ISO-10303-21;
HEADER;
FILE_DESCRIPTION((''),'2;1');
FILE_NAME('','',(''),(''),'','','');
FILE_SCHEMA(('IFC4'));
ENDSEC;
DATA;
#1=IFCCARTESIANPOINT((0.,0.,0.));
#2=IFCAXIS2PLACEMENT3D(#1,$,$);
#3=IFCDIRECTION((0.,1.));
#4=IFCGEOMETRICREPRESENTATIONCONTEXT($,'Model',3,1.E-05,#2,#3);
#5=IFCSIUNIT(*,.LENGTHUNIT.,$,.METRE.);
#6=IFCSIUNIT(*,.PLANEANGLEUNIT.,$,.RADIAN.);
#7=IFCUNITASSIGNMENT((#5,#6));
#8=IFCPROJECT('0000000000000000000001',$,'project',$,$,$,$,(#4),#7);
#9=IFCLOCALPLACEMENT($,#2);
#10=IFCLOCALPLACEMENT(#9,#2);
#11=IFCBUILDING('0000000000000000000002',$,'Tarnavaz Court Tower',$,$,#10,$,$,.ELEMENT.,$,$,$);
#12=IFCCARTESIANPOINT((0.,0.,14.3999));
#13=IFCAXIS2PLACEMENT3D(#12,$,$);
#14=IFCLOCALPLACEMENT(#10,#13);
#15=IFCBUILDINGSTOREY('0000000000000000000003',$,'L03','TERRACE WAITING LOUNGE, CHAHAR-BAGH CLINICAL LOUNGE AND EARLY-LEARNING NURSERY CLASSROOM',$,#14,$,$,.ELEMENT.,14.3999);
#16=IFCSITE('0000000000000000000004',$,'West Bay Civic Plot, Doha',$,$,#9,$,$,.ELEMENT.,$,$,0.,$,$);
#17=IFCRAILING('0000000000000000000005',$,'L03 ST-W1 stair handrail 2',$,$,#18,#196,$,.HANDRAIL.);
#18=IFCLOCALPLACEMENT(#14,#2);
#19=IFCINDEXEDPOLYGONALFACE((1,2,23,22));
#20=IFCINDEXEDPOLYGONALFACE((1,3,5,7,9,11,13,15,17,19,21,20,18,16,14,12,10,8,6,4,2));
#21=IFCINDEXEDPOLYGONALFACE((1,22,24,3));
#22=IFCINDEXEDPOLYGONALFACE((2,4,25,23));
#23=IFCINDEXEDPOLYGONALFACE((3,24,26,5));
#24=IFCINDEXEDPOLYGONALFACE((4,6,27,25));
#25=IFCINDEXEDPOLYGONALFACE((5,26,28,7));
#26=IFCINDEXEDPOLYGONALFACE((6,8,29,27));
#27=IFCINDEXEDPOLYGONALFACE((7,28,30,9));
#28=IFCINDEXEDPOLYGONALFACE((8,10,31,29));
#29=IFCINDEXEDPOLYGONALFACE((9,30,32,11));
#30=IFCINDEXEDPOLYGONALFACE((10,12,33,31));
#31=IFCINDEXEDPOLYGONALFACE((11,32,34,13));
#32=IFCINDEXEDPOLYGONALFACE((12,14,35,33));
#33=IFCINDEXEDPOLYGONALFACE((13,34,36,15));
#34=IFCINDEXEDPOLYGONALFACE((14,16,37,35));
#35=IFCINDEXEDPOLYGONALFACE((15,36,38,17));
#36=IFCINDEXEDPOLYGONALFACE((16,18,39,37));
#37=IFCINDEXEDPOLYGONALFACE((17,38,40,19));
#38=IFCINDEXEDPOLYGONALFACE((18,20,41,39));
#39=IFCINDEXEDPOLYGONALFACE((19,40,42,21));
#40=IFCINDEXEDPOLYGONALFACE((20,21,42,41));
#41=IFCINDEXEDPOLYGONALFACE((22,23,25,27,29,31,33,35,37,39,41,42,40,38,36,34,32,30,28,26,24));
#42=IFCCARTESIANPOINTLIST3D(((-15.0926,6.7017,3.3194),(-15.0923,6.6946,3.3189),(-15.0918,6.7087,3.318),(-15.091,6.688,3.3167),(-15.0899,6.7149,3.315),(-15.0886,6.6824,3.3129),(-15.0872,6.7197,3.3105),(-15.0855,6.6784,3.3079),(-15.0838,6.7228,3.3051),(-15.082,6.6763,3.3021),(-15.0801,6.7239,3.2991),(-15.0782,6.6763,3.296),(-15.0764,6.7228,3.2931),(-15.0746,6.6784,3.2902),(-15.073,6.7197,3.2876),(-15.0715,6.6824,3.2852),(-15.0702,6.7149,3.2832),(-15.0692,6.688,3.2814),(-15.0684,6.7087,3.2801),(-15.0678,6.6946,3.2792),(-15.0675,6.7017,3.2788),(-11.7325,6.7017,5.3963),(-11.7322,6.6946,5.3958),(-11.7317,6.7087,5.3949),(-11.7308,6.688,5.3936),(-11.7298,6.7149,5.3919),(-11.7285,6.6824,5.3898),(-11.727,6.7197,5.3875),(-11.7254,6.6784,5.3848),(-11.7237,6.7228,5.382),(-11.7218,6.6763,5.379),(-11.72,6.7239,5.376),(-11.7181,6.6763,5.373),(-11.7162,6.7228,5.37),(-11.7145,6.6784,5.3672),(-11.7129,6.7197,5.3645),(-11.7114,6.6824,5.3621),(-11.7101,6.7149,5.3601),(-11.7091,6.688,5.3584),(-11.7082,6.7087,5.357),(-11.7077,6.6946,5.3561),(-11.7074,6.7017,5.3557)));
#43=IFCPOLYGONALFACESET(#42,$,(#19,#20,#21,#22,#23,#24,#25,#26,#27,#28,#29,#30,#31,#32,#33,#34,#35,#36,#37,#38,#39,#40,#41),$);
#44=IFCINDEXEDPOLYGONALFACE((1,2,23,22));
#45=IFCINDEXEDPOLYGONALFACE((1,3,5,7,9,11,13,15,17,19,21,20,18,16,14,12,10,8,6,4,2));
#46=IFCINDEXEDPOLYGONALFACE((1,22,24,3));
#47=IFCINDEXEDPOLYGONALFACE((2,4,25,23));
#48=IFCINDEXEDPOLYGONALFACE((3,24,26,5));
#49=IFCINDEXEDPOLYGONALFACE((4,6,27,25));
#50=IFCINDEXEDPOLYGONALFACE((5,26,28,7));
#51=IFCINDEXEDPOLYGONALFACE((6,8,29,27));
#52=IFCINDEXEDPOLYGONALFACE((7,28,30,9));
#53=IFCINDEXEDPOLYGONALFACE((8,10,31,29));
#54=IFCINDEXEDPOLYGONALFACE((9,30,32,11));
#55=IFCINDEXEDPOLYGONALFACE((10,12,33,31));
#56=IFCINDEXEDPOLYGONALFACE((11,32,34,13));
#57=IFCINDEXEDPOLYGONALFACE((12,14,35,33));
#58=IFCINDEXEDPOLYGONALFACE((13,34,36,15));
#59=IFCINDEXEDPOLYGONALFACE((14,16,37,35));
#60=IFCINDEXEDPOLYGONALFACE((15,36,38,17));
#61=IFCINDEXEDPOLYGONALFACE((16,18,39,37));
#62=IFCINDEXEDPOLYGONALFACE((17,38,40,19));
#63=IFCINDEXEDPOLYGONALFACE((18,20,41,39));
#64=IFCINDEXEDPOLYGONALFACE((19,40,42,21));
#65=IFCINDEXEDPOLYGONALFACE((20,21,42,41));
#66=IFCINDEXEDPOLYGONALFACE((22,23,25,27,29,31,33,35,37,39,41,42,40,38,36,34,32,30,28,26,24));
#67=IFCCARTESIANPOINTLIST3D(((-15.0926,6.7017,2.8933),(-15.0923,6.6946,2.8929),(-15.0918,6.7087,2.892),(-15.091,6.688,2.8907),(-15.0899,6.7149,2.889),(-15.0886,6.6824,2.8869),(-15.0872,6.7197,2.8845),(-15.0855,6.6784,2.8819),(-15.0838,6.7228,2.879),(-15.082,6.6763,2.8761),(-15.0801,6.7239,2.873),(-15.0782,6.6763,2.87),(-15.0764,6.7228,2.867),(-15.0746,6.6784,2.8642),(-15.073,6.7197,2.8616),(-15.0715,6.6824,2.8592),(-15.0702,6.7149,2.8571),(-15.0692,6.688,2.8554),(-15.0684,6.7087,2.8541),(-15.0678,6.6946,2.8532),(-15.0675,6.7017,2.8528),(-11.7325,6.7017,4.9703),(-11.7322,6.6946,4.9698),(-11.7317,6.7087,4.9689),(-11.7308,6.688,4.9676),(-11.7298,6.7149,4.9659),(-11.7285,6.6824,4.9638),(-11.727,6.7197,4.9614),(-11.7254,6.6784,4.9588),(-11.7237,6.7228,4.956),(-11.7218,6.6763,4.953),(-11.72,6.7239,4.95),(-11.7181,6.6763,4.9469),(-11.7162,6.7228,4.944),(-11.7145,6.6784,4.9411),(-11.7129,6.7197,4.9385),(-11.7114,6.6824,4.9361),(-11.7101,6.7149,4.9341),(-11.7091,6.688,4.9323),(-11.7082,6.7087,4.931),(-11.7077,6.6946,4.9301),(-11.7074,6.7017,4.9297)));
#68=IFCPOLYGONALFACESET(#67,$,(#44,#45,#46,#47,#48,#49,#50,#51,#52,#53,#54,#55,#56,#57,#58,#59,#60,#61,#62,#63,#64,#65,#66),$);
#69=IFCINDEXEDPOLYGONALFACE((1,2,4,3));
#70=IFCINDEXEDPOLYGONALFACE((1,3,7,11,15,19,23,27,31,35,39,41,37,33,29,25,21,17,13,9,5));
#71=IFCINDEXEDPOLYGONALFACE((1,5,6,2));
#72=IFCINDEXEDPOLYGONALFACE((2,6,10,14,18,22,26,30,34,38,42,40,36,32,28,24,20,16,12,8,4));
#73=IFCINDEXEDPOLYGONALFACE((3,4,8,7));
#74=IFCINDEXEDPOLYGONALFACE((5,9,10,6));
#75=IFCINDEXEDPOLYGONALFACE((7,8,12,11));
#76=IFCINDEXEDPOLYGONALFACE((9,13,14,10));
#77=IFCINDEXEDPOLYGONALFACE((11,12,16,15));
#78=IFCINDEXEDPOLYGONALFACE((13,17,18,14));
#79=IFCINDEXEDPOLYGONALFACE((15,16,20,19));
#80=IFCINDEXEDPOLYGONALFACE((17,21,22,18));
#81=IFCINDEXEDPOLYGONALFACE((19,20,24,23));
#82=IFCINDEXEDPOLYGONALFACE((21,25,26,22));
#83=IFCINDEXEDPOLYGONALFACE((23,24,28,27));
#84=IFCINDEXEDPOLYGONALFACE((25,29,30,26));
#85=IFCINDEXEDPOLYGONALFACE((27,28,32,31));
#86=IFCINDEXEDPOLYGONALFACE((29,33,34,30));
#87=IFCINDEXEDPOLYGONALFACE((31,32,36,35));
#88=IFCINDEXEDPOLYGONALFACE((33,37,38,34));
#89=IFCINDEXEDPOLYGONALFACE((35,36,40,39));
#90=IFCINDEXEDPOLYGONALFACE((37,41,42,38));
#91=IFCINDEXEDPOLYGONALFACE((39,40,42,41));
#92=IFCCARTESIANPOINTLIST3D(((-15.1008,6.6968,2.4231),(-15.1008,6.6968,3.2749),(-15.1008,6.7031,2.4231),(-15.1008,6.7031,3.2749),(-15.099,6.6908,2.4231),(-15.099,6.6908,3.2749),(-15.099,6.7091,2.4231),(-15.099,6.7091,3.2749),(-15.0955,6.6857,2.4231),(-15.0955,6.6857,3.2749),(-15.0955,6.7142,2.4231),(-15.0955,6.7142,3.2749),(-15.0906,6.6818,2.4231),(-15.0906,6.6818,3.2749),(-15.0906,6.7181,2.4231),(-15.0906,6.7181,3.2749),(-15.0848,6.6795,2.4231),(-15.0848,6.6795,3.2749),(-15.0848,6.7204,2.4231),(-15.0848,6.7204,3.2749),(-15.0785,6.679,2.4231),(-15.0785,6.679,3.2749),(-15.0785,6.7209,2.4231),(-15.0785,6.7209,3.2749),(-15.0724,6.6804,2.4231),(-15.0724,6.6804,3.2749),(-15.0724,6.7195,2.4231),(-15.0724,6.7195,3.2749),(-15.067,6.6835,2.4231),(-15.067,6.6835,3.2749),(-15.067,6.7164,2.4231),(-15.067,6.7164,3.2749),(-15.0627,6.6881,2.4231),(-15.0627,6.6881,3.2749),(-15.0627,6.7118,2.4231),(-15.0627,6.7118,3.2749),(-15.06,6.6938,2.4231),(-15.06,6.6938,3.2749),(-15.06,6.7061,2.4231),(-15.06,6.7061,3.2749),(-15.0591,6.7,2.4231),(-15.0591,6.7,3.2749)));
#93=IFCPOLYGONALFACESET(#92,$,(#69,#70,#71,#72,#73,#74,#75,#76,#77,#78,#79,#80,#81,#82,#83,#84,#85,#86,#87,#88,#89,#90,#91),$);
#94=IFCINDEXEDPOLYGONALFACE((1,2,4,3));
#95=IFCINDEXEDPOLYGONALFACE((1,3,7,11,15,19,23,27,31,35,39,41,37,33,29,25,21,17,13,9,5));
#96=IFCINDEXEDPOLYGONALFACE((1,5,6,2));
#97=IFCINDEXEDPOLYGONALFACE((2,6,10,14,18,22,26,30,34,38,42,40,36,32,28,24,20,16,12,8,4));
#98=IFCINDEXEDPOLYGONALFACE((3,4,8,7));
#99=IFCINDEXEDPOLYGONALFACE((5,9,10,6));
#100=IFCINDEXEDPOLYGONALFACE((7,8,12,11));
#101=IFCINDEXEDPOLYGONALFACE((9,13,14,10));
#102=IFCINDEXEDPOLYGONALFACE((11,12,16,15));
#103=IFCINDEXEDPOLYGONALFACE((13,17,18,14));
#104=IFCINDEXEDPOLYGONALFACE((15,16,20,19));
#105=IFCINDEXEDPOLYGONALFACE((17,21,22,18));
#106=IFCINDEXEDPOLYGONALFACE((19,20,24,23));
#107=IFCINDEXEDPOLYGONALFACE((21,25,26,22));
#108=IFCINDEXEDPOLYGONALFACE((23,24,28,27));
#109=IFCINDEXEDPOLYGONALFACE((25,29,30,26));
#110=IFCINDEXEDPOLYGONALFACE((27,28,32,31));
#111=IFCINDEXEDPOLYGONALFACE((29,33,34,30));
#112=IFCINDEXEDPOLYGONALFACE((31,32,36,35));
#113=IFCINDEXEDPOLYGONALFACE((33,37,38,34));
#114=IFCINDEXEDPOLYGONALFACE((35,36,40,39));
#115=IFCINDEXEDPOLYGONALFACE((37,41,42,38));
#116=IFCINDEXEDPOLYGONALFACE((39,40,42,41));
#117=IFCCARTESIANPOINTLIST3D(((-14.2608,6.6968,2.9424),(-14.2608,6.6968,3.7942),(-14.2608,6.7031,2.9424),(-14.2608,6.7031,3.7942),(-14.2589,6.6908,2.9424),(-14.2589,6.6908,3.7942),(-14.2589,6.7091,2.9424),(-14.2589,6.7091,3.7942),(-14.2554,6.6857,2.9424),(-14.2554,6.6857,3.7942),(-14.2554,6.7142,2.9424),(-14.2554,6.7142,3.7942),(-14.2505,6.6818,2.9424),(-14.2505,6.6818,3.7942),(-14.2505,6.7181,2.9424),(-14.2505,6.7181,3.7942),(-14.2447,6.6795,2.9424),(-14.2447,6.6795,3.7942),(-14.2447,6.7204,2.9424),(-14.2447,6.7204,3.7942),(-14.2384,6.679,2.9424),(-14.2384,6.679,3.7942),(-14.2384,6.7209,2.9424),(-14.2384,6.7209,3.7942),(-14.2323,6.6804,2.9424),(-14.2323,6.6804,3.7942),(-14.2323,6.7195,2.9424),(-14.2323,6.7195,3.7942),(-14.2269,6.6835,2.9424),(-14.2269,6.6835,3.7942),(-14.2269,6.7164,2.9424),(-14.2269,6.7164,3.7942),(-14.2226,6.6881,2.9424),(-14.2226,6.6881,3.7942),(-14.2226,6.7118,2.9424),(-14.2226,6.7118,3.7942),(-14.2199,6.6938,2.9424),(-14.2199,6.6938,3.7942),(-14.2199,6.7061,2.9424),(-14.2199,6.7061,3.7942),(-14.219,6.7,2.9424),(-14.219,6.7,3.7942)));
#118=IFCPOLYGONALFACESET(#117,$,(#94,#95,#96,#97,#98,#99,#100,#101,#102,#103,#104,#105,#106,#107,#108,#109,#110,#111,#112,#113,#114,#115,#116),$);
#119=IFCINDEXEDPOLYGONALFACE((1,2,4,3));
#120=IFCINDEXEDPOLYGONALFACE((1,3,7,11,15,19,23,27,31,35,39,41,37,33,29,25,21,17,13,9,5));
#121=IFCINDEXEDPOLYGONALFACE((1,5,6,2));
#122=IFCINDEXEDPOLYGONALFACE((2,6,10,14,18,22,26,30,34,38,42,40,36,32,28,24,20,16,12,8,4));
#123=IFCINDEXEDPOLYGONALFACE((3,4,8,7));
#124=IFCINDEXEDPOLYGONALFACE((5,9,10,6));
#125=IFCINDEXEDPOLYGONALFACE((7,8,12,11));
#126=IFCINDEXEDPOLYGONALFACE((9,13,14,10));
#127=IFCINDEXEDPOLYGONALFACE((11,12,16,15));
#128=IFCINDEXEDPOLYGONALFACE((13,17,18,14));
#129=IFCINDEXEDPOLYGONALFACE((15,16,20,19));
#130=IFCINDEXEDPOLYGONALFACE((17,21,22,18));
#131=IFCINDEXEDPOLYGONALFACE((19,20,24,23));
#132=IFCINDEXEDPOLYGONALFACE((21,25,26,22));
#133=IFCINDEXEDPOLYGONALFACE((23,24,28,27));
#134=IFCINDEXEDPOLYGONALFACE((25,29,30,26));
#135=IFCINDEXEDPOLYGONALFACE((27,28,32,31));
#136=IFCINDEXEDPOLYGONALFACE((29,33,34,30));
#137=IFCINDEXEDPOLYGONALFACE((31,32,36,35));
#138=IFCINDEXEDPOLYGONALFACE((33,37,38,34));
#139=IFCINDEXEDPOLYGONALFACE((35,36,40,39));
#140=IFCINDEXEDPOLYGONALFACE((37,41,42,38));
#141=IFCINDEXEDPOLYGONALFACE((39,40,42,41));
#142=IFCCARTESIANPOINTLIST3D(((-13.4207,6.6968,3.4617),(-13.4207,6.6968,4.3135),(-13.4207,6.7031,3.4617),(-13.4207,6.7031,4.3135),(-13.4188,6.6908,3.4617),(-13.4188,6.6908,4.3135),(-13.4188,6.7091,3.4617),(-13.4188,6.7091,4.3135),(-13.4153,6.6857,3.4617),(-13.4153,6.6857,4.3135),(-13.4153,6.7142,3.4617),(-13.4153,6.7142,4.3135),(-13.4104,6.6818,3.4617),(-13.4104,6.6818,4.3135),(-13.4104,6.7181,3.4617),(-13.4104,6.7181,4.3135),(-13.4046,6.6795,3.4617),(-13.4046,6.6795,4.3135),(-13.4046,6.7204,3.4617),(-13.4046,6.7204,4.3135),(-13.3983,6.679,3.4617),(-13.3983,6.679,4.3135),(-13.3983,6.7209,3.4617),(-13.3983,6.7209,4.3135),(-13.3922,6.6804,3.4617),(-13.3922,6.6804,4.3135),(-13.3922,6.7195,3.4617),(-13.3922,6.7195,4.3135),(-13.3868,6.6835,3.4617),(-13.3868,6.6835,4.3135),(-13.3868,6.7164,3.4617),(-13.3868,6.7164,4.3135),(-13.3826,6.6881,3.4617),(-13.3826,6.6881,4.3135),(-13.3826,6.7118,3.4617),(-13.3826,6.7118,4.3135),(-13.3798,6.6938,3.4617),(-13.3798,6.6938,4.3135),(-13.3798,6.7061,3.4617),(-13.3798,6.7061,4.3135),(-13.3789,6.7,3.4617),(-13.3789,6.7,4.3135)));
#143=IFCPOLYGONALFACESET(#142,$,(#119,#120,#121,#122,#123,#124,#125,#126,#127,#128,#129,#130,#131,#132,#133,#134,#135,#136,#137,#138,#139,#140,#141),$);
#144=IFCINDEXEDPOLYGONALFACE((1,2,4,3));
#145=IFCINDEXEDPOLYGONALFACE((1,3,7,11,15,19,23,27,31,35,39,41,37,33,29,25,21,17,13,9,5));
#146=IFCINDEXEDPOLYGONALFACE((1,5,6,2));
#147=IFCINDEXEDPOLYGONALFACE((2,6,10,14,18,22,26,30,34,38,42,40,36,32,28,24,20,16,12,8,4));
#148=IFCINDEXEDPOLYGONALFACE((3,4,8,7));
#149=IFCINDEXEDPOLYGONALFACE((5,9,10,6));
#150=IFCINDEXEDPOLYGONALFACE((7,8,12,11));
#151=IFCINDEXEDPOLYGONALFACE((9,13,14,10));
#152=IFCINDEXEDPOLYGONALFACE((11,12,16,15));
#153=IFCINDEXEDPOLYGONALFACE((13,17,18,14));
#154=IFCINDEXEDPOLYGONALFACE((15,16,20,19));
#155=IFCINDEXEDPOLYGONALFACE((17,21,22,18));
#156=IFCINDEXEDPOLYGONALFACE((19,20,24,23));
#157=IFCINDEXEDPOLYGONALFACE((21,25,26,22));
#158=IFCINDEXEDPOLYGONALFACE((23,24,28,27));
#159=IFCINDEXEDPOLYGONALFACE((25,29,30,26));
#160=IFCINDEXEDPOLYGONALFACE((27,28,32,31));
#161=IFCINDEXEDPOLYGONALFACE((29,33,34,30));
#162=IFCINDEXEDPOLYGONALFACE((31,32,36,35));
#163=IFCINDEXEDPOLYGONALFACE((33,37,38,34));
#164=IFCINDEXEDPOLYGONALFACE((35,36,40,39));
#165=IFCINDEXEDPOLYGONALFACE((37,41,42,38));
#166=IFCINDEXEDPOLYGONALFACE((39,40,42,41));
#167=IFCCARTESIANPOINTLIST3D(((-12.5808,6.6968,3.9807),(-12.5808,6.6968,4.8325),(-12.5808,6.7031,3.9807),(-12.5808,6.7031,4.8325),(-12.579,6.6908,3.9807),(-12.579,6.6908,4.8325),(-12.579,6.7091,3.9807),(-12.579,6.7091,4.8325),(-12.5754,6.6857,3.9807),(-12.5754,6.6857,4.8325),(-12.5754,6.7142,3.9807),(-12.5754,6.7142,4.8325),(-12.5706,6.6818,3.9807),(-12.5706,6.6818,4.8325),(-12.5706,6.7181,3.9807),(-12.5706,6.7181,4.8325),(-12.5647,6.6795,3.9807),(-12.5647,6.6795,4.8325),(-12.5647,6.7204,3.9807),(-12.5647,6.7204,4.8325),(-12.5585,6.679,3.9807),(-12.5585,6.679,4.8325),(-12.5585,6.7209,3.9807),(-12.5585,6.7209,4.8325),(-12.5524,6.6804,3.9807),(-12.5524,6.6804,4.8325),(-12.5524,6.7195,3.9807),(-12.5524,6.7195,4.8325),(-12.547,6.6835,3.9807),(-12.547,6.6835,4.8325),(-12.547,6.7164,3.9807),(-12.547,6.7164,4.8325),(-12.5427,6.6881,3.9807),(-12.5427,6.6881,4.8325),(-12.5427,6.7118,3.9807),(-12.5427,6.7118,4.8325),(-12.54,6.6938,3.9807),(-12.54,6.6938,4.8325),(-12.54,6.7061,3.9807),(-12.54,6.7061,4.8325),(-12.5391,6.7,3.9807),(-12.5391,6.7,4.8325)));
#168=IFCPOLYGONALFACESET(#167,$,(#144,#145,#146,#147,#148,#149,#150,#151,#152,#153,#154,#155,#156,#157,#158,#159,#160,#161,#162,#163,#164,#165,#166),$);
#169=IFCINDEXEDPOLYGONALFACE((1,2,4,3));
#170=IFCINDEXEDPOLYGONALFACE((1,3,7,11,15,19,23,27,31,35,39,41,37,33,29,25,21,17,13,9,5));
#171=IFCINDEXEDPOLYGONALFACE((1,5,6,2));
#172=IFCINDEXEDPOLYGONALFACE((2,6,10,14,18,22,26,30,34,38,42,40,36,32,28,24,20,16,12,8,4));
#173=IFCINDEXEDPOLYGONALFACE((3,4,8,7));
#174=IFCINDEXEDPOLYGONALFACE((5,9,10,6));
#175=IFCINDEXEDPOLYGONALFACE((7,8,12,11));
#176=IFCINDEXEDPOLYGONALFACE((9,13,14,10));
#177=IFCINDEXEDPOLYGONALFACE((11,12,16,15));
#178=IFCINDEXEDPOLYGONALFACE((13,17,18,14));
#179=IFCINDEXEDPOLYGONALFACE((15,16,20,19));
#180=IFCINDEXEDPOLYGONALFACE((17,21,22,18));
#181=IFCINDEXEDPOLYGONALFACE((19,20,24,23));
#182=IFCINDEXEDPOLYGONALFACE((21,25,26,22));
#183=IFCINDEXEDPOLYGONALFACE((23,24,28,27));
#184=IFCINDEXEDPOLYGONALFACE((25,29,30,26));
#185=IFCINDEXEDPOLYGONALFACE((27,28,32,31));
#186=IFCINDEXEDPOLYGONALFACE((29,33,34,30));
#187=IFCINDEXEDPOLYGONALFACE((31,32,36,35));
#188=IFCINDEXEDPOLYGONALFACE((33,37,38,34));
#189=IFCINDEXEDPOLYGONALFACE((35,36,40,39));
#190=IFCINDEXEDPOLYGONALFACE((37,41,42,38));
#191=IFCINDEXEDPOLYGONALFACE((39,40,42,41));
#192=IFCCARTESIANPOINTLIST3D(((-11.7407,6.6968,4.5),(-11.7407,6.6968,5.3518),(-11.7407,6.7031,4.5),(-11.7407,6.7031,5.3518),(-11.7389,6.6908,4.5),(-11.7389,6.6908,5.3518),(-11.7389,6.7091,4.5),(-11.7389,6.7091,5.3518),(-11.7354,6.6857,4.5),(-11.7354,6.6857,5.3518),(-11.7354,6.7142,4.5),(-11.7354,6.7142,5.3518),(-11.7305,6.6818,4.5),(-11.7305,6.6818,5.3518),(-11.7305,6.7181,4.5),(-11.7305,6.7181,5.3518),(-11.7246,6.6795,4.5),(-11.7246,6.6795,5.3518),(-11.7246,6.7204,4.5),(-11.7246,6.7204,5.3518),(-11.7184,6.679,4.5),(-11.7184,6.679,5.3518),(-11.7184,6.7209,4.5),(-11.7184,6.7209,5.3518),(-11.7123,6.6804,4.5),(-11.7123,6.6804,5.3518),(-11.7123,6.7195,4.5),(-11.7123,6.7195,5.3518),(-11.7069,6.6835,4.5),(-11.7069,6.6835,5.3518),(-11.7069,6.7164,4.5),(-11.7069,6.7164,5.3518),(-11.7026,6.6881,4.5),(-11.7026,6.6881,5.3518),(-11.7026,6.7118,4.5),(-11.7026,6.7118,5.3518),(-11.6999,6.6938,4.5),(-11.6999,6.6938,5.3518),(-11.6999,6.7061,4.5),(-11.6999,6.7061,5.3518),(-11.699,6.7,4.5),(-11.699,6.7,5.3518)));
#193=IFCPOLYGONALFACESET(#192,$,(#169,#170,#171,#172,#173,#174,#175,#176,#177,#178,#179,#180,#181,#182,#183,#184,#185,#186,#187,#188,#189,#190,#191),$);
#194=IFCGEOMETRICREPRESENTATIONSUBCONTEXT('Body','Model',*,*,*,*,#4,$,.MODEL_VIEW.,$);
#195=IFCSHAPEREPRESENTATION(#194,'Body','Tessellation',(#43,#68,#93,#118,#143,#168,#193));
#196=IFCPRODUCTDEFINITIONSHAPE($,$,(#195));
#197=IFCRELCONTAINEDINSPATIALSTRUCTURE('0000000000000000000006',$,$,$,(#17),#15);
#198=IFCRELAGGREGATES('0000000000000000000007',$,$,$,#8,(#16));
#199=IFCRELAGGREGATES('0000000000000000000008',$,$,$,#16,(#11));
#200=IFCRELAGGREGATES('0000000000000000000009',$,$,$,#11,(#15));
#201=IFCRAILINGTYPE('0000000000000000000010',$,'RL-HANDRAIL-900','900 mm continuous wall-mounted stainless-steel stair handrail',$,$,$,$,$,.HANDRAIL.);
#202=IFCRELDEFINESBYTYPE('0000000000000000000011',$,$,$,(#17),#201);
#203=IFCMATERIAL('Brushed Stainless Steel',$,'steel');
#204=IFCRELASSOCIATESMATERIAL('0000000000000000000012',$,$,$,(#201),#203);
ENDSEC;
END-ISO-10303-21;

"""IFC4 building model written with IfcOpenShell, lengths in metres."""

from ifc_helpers import new_model, si_unit, direction, frame, origin, origin_2d, place, context, subcontext, project, spatial, circle, extrude, material, type_object, element, save


model = new_model("IFC4")

# Units and contexts
model_context = context("Model", 3, precision=1e-05, world=origin(), true_north=direction((0.0, 1.0)))
body_context = subcontext(model_context, "Body", "Model", "MODEL_VIEW")
ifc_project = project(units=[si_unit("LENGTHUNIT", "METRE"), si_unit("PLANEANGLEUNIT", "RADIAN")], contexts=[model_context])

# Site, building, storey
site_placement = place(None, origin())
site = spatial("IfcSite", under=ifc_project, at=site_placement, Name="West Bay Civic Plot, Doha", CompositionType="ELEMENT", RefElevation=0.0)
building_placement = place(site_placement, origin())
building = spatial("IfcBuilding", under=site, at=building_placement, Name="Tarnavaz Court Tower", CompositionType="ELEMENT")
storey_placement = place(building_placement, frame((0.0, 0.0, 14.3999)))
storey = spatial("IfcBuildingStorey", under=building, at=storey_placement, Name="L03", Description="TERRACE WAITING LOUNGE, CHAHAR-BAGH CLINICAL LOUNGE AND EARLY-LEARNING NURSERY CLASSROOM", CompositionType="ELEMENT", Elevation=14.3999)

# Railing
ifc_material_1 = material(Name="Brushed Stainless Steel", Category="steel")
railing_type_1 = type_object("IfcRailingType", Name="RL-HANDRAIL-900", Description="900 mm continuous wall-mounted stainless-steel stair handrail", PredefinedType="HANDRAIL", material=ifc_material_1)
railing_1_placement = place(storey_placement, frame((-15.0801, 6.7, 2.4231)))
element("IfcRailing", 1, at=railing_1_placement, inside=storey, type_object=railing_type_1, Name="L03 ST-W1 stair handrail 2", PredefinedType="HANDRAIL", context=body_context, shape_type="SweptSolid", body=[
    extrude(circle(Radius=0.0239, at=origin_2d()), frame((0.0, 0.0, 0.876), z_axis=(0.850623, 0.0, 0.525776), x_axis=(0.0, 1.0, 0.0)), (0.0, 0.0, 1.0), 3.9502),
    extrude(circle(Radius=0.0239, at=origin_2d()), frame((0.0, 0.0, 0.45), z_axis=(0.850623, 0.0, 0.525776), x_axis=(0.0, 1.0, 0.0)), (0.0, 0.0, 1.0), 3.9502),
    extrude(circle(Radius=0.021, at=origin_2d()), origin(), (0.0, 0.0, 1.0), 0.8518),
    extrude(circle(Radius=0.021, at=origin_2d()), frame((0.8401, 0.0, 0.5193)), (0.0, 0.0, 1.0), 0.8518),
    extrude(circle(Radius=0.021, at=origin_2d()), frame((1.6802, 0.0, 1.0386)), (0.0, 0.0, 1.0), 0.8518),
    extrude(circle(Radius=0.021, at=origin_2d()), frame((2.52, 0.0, 1.5576)), (0.0, 0.0, 1.0), 0.8518),
    extrude(circle(Radius=0.021, at=origin_2d()), frame((3.3601, 0.0, 2.0769)), (0.0, 0.0, 1.0), 0.8518),
])

save(model, "model.ifc")
